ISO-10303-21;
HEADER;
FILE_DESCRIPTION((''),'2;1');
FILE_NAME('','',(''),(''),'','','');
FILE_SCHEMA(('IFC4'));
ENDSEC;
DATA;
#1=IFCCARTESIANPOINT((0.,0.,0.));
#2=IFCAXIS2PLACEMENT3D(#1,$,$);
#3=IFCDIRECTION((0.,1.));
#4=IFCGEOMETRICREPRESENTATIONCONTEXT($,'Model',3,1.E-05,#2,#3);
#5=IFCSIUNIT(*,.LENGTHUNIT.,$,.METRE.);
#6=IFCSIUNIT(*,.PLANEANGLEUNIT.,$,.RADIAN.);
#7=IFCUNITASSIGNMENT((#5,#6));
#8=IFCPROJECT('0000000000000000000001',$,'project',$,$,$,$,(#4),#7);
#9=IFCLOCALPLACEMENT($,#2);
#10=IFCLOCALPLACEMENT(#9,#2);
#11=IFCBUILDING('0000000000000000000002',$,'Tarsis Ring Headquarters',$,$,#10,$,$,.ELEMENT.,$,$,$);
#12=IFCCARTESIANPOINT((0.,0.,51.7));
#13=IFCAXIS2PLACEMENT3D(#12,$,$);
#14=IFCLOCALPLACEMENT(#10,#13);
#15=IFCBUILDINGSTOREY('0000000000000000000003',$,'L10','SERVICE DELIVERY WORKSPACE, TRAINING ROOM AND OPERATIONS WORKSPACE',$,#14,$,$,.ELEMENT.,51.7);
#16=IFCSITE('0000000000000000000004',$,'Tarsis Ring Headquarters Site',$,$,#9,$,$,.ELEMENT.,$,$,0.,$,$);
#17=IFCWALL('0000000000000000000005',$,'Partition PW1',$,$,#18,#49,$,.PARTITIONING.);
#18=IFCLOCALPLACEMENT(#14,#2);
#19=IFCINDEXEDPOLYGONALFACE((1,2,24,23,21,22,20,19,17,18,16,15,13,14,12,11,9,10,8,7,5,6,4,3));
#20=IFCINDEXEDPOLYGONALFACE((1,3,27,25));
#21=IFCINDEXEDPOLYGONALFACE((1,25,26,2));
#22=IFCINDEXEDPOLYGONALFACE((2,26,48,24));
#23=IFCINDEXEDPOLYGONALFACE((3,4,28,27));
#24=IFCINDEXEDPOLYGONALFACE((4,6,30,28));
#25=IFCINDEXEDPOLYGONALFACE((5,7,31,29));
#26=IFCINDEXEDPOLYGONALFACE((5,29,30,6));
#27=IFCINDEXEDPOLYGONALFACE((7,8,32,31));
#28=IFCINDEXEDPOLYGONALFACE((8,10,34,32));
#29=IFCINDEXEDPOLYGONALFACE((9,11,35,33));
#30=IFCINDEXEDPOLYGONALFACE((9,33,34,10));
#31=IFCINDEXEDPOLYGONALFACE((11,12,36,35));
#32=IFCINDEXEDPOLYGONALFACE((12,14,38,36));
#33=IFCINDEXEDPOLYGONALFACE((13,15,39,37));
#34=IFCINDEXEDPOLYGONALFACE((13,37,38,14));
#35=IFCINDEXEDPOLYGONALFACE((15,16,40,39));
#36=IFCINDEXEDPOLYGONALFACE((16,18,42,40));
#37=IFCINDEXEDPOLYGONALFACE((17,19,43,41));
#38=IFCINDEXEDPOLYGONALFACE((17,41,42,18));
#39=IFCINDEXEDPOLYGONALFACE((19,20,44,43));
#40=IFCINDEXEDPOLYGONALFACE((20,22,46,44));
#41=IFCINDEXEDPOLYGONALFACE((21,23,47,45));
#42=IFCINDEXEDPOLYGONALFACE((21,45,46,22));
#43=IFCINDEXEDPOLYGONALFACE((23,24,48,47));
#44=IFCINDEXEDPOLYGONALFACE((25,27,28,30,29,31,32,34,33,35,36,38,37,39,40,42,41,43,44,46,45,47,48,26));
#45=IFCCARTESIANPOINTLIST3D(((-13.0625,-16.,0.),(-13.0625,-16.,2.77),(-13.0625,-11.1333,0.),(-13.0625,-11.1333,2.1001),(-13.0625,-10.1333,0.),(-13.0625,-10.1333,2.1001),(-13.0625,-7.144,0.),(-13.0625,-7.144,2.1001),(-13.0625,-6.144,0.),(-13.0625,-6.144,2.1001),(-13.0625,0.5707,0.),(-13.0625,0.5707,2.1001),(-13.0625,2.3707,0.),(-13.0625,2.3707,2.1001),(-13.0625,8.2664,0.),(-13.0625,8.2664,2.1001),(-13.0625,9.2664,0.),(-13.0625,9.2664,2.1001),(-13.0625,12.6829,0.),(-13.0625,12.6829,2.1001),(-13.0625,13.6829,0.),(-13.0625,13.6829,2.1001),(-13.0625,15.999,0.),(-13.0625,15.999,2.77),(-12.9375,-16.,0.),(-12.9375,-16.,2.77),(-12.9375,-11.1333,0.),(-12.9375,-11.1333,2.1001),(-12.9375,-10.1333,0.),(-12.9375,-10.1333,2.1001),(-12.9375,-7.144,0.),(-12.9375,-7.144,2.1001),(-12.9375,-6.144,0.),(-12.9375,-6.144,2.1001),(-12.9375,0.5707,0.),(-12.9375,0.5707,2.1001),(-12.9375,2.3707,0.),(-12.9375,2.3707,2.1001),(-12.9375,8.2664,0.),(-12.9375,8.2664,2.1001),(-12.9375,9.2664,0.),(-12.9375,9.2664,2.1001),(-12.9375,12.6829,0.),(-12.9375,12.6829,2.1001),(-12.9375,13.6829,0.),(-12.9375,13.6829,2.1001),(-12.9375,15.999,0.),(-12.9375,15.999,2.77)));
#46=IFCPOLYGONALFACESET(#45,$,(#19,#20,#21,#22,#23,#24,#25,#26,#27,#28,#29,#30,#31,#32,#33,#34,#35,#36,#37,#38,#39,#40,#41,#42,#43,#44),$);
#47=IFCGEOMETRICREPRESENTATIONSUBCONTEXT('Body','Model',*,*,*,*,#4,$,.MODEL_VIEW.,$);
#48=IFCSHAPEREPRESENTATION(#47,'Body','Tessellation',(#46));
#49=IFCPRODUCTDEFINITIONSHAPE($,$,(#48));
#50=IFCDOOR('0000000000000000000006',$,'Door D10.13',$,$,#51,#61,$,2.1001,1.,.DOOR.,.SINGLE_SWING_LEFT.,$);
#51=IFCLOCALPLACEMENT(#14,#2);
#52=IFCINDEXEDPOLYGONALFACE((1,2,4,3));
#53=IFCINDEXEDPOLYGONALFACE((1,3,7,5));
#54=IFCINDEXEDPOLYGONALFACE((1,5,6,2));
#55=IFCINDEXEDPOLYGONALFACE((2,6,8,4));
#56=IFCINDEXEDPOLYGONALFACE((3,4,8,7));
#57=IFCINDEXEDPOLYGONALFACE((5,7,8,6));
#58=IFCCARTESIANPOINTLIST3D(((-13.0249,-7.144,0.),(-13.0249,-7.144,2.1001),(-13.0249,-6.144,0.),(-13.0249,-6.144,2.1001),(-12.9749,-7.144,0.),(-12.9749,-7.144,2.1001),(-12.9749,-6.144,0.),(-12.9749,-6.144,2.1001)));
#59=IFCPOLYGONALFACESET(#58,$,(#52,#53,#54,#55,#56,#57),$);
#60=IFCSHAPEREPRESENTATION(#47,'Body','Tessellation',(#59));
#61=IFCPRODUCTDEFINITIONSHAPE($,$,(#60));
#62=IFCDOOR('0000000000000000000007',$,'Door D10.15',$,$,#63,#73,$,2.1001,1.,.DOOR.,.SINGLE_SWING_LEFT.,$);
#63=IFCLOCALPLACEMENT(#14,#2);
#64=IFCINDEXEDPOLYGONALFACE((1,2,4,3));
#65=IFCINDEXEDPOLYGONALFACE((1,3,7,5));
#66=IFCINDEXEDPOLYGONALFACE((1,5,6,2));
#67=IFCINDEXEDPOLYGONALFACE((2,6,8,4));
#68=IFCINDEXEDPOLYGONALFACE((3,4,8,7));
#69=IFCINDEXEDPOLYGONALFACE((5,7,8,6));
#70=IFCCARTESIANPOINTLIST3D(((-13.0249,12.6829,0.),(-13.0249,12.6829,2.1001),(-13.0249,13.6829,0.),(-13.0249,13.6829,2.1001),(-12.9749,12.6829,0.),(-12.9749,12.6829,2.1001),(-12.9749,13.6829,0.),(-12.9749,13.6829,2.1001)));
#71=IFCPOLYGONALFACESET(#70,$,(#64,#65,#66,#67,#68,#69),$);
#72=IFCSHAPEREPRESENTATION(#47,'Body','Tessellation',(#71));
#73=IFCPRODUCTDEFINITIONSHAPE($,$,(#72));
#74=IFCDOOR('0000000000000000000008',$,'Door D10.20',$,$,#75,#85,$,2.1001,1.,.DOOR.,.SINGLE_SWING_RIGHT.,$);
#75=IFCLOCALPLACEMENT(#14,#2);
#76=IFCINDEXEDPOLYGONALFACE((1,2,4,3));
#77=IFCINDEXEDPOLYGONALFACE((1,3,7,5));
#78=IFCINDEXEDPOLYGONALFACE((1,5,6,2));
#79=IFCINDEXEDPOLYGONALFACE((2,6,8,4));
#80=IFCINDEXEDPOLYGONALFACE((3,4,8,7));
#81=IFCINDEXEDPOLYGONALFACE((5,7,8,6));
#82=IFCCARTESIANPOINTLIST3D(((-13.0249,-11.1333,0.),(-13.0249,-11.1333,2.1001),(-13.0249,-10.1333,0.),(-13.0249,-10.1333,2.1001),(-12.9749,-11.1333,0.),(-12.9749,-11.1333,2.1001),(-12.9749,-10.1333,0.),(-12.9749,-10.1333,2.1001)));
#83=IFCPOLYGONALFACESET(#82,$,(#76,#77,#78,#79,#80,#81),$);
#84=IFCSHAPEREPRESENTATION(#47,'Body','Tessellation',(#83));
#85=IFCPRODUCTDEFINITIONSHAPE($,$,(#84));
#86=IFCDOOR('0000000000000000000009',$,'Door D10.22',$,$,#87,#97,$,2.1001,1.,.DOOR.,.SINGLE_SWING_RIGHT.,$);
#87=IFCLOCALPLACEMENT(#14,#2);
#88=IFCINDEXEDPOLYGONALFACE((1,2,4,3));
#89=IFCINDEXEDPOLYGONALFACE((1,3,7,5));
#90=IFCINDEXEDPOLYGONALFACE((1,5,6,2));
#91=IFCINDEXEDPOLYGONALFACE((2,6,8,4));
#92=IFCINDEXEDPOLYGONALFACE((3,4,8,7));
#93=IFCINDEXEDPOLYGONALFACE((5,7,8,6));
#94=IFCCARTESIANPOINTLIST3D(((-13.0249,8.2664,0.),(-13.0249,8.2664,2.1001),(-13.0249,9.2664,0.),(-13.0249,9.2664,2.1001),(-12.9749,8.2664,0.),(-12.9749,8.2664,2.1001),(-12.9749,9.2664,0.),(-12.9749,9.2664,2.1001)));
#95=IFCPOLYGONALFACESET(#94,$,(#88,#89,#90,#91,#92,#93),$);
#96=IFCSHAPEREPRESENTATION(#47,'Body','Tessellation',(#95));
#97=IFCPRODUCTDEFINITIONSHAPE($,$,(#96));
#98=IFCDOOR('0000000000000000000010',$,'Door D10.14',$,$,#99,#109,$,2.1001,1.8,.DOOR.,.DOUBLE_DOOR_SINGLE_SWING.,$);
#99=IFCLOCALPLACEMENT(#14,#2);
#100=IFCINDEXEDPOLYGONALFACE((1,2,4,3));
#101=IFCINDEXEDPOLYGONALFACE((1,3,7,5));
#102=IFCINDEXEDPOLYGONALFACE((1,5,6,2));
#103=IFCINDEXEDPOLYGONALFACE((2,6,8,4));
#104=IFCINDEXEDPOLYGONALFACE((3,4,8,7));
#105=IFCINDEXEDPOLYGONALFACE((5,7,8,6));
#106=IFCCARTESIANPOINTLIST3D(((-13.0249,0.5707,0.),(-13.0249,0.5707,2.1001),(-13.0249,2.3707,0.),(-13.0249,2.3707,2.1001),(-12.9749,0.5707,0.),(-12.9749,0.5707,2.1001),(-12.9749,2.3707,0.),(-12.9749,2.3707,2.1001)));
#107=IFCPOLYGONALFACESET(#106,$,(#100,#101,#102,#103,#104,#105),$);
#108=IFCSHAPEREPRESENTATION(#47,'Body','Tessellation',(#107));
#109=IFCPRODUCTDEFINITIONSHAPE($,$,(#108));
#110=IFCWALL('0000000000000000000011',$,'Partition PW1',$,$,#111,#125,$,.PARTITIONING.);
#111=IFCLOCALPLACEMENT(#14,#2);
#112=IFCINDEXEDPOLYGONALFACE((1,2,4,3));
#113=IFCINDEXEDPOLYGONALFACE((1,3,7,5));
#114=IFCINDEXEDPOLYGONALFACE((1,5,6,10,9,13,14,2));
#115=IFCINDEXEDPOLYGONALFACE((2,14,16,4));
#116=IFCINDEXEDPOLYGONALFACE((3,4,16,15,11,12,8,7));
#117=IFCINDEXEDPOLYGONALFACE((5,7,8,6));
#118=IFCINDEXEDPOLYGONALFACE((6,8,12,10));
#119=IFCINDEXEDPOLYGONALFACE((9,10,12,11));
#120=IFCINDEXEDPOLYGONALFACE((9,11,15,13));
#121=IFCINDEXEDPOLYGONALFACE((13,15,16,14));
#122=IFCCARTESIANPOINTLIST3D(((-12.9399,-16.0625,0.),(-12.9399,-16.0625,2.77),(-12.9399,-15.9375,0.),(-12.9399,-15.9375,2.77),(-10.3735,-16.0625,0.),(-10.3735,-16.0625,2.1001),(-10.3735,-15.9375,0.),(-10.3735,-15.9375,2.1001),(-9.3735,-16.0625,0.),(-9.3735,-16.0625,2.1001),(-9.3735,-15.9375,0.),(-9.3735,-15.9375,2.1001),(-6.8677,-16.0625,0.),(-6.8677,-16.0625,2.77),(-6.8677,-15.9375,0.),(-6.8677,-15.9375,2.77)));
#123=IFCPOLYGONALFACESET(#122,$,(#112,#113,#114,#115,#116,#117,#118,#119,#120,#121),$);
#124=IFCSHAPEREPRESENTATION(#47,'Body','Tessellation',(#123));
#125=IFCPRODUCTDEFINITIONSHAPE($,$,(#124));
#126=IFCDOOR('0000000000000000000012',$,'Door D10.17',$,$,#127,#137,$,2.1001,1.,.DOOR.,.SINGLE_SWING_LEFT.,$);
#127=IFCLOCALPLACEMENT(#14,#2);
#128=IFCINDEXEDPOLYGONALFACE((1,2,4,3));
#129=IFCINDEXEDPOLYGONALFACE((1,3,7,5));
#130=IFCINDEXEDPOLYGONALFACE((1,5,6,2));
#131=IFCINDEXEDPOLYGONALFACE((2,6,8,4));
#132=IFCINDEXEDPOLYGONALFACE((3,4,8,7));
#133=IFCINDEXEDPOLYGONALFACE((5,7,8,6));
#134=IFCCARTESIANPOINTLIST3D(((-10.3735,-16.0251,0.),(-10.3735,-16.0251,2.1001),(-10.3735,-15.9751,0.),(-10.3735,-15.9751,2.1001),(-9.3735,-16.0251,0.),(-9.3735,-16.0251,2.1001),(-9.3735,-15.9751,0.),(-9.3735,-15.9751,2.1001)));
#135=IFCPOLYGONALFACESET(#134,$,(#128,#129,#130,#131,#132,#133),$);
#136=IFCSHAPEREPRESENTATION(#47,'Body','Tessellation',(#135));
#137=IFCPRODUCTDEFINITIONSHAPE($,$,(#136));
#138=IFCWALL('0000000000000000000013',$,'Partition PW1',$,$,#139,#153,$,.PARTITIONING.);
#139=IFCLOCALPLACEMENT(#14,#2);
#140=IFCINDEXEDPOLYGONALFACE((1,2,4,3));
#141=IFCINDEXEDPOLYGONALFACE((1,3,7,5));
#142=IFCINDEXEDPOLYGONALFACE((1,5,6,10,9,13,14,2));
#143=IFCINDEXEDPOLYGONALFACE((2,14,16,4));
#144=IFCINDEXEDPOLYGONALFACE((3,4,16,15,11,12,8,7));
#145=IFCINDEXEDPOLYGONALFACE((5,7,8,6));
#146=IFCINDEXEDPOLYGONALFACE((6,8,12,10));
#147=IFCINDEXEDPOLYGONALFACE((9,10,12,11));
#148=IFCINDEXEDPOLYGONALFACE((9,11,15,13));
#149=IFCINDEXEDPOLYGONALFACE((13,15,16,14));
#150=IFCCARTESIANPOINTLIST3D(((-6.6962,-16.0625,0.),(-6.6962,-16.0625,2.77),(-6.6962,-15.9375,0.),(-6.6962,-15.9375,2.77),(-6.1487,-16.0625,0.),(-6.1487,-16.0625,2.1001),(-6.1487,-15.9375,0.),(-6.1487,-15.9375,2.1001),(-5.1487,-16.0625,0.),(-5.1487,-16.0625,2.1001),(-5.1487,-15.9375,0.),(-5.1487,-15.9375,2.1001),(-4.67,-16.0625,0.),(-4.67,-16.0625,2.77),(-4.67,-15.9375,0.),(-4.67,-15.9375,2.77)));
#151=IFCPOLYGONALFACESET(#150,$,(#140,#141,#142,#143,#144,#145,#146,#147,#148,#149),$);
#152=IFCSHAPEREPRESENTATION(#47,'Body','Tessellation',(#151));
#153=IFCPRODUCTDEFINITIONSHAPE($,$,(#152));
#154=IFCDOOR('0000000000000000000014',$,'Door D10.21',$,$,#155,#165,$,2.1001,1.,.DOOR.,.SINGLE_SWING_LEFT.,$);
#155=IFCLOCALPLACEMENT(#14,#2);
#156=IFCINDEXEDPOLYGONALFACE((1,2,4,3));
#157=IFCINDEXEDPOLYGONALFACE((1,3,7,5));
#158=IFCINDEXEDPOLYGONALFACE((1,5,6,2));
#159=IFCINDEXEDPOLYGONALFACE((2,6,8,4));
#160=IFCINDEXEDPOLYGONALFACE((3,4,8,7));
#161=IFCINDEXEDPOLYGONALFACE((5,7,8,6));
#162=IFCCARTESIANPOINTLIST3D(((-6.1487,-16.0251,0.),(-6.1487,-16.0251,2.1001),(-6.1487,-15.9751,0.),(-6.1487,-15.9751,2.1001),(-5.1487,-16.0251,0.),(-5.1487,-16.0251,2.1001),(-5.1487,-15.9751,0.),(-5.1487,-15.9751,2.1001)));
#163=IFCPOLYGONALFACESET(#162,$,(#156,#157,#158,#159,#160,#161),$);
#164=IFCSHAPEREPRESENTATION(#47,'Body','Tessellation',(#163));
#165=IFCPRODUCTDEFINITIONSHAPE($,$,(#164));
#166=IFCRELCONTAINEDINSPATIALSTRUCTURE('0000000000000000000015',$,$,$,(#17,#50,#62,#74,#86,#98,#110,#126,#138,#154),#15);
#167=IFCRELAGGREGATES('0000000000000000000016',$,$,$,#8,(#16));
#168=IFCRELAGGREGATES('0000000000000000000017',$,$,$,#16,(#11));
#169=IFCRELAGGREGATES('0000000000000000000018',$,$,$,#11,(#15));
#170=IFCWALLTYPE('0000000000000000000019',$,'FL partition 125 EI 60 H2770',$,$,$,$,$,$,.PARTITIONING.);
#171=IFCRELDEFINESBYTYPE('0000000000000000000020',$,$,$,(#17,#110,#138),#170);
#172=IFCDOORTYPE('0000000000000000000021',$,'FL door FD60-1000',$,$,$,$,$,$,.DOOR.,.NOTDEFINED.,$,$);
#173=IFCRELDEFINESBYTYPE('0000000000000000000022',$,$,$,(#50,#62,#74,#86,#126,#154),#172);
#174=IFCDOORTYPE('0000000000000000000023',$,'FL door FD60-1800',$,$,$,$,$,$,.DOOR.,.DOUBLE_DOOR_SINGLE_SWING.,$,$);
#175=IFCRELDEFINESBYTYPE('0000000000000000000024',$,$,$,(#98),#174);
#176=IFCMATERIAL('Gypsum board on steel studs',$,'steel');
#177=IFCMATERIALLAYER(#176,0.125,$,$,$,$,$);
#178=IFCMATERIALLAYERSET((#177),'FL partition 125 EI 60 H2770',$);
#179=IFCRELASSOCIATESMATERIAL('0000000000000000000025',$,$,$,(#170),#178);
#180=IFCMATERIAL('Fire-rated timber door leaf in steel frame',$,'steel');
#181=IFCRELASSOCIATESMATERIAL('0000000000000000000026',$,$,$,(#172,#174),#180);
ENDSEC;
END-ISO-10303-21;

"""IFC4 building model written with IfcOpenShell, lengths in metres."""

from ifc_helpers import new_model, si_unit, direction, frame, frame_2d, origin, place, context, subcontext, project, spatial, rectangle, extrude, material, layer, layer_set, type_object, element, fill, save


model = new_model("IFC4")

# Units and contexts
model_context = context("Model", 3, precision=1e-05, world=origin(), true_north=direction((0.0, 1.0)))
body_context = subcontext(model_context, "Body", "Model", "MODEL_VIEW")
ifc_project = project(units=[si_unit("LENGTHUNIT", "METRE"), si_unit("PLANEANGLEUNIT", "RADIAN")], contexts=[model_context])

# Site, building, storey
site_placement = place(None, origin())
site = spatial("IfcSite", under=ifc_project, at=site_placement, Name="Tarsis Ring Headquarters Site", CompositionType="ELEMENT", RefElevation=0.0)
building_placement = place(site_placement, origin())
building = spatial("IfcBuilding", under=site, at=building_placement, Name="Tarsis Ring Headquarters", CompositionType="ELEMENT")
storey_placement = place(building_placement, frame((0.0, 0.0, 51.7)))
storey = spatial("IfcBuildingStorey", under=building, at=storey_placement, Name="L10", Description="SERVICE DELIVERY WORKSPACE, TRAINING ROOM AND OPERATIONS WORKSPACE", CompositionType="ELEMENT", Elevation=51.7)

# Wall, openings, doors
ifc_material_1 = material(Name="Gypsum board on steel studs", Category="steel")
ifc_layer_1 = layer(ifc_material_1, 0.125)
ifc_layer_set_1 = layer_set([ifc_layer_1], Name="FL partition 125 EI 60 H2770")
wall_type_1 = type_object("IfcWallType", Name="FL partition 125 EI 60 H2770", PredefinedType="PARTITIONING", material=ifc_layer_set_1)
wall_1_placement = place(storey_placement, frame((-13.0, -16.0, 0.0), z_axis=(0.0, 0.0, 1.0), x_axis=(0.0, 1.0, 0.0)))
wall_1 = element("IfcWall", 1, at=wall_1_placement, inside=storey, type_object=wall_type_1, Name="Partition PW1", PredefinedType="PARTITIONING", context=body_context, shape_type="SweptSolid", body=[
    extrude(rectangle(XDim=31.999, YDim=0.125, at=frame_2d((15.9995, 0.0))), origin(), (0.0, 0.0, 1.0), 2.77),
])
opening_1_placement = place(wall_1_placement, frame((8.856, 0.0, 0.0)))
opening_1 = element("IfcOpeningElement", 2, at=opening_1_placement, cuts=wall_1, PredefinedType="OPENING", context=body_context, shape_type="SweptSolid", body=[
    extrude(rectangle(XDim=1.0, YDim=2.1001, at=frame_2d((0.5, 1.05))), frame((0.0, 0.0725, 0.0), z_axis=(0.0, -1.0, 0.0), x_axis=(1.0, 0.0, 0.0)), (0.0, 0.0, 1.0), 0.145),
])
opening_2_placement = place(wall_1_placement, frame((16.5708, 0.0, 0.0)))
opening_2 = element("IfcOpeningElement", 3, at=opening_2_placement, cuts=wall_1, PredefinedType="OPENING", context=body_context, shape_type="SweptSolid", body=[
    extrude(rectangle(XDim=1.8, YDim=2.1001, at=frame_2d((0.8999, 1.05))), frame((0.0, 0.0725, 0.0), z_axis=(0.0, -1.0, 0.0), x_axis=(1.0, 0.0, 0.0)), (0.0, 0.0, 1.0), 0.145),
])
opening_3_placement = place(wall_1_placement, frame((28.6829, 0.0, 0.0)))
opening_3 = element("IfcOpeningElement", 4, at=opening_3_placement, cuts=wall_1, PredefinedType="OPENING", context=body_context, shape_type="SweptSolid", body=[
    extrude(rectangle(XDim=1.0, YDim=2.1001, at=frame_2d((0.5, 1.05))), frame((0.0, 0.0725, 0.0), z_axis=(0.0, -1.0, 0.0), x_axis=(1.0, 0.0, 0.0)), (0.0, 0.0, 1.0), 0.145),
])
opening_4_placement = place(wall_1_placement, frame((4.8667, 0.0, 0.0)))
opening_4 = element("IfcOpeningElement", 5, at=opening_4_placement, cuts=wall_1, PredefinedType="OPENING", context=body_context, shape_type="SweptSolid", body=[
    extrude(rectangle(XDim=1.0, YDim=2.1001, at=frame_2d((0.5, 1.05))), frame((0.0, 0.0725, 0.0), z_axis=(0.0, -1.0, 0.0), x_axis=(1.0, 0.0, 0.0)), (0.0, 0.0, 1.0), 0.145),
])
opening_5_placement = place(wall_1_placement, frame((24.2664, 0.0, 0.0)))
opening_5 = element("IfcOpeningElement", 6, at=opening_5_placement, cuts=wall_1, PredefinedType="OPENING", context=body_context, shape_type="SweptSolid", body=[
    extrude(rectangle(XDim=1.0, YDim=2.1001, at=frame_2d((0.5, 1.05))), frame((0.0, 0.0725, 0.0), z_axis=(0.0, -1.0, 0.0), x_axis=(1.0, 0.0, 0.0)), (0.0, 0.0, 1.0), 0.145),
])
ifc_material_2 = material(Name="Fire-rated timber door leaf in steel frame", Category="steel")
door_type_1 = type_object("IfcDoorType", Name="FL door FD60-1000", OperationType="NOTDEFINED", PredefinedType="DOOR", material=ifc_material_2)
door_1_placement = place(opening_1_placement, origin())
door_1 = element("IfcDoor", 7, at=door_1_placement, inside=storey, type_object=door_type_1, Name="Door D10.13", OperationType="SINGLE_SWING_LEFT", OverallHeight=2.1001, OverallWidth=1.0, PredefinedType="DOOR", context=body_context, shape_type="SweptSolid", body=[
    extrude(rectangle(XDim=1.0, YDim=2.1001, at=frame_2d((0.5, 1.05))), frame((0.0, 0.0249, 0.0), z_axis=(0.0, -1.0, 0.0), x_axis=(1.0, 0.0, 0.0)), (0.0, 0.0, 1.0), 0.05),
])
fill(opening_1, door_1)
door_2_placement = place(opening_3_placement, origin())
door_2 = element("IfcDoor", 8, at=door_2_placement, inside=storey, type_object=door_type_1, Name="Door D10.15", OperationType="SINGLE_SWING_LEFT", OverallHeight=2.1001, OverallWidth=1.0, PredefinedType="DOOR", context=body_context, shape_type="SweptSolid", body=[
    extrude(rectangle(XDim=1.0, YDim=2.1001, at=frame_2d((0.5, 1.05))), frame((0.0, 0.0249, 0.0), z_axis=(0.0, -1.0, 0.0), x_axis=(1.0, 0.0, 0.0)), (0.0, 0.0, 1.0), 0.05),
])
fill(opening_3, door_2)
door_3_placement = place(opening_4_placement, origin())
door_3 = element("IfcDoor", 9, at=door_3_placement, inside=storey, type_object=door_type_1, Name="Door D10.20", OperationType="SINGLE_SWING_RIGHT", OverallHeight=2.1001, OverallWidth=1.0, PredefinedType="DOOR", context=body_context, shape_type="SweptSolid", body=[
    extrude(rectangle(XDim=1.0, YDim=2.1001, at=frame_2d((0.5, 1.05))), frame((0.0, 0.0249, 0.0), z_axis=(0.0, -1.0, 0.0), x_axis=(1.0, 0.0, 0.0)), (0.0, 0.0, 1.0), 0.05),
])
fill(opening_4, door_3)
door_4_placement = place(opening_5_placement, origin())
door_4 = element("IfcDoor", 10, at=door_4_placement, inside=storey, type_object=door_type_1, Name="Door D10.22", OperationType="SINGLE_SWING_RIGHT", OverallHeight=2.1001, OverallWidth=1.0, PredefinedType="DOOR", context=body_context, shape_type="SweptSolid", body=[
    extrude(rectangle(XDim=1.0, YDim=2.1001, at=frame_2d((0.5, 1.05))), frame((0.0, 0.0249, 0.0), z_axis=(0.0, -1.0, 0.0), x_axis=(1.0, 0.0, 0.0)), (0.0, 0.0, 1.0), 0.05),
])
fill(opening_5, door_4)
door_type_2 = type_object("IfcDoorType", Name="FL door FD60-1800", OperationType="DOUBLE_DOOR_SINGLE_SWING", PredefinedType="DOOR", material=ifc_material_2)
door_5_placement = place(opening_2_placement, origin())
door_5 = element("IfcDoor", 11, at=door_5_placement, inside=storey, type_object=door_type_2, Name="Door D10.14", OperationType="DOUBLE_DOOR_SINGLE_SWING", OverallHeight=2.1001, OverallWidth=1.8, PredefinedType="DOOR", context=body_context, shape_type="SweptSolid", body=[
    extrude(rectangle(XDim=1.8, YDim=2.1001, at=frame_2d((0.8999, 1.05))), frame((0.0, 0.0249, 0.0), z_axis=(0.0, -1.0, 0.0), x_axis=(1.0, 0.0, 0.0)), (0.0, 0.0, 1.0), 0.05),
])
fill(opening_2, door_5)

# Walls, openings, doors
wall_2_placement = place(storey_placement, frame((-12.9399, -16.0, 0.0), z_axis=(0.0, 0.0, 1.0), x_axis=(1.0, 0.0, 0.0)))
wall_2 = element("IfcWall", 12, at=wall_2_placement, inside=storey, type_object=wall_type_1, Name="Partition PW1", PredefinedType="PARTITIONING", context=body_context, shape_type="SweptSolid", body=[
    extrude(rectangle(XDim=6.0723, YDim=0.125, at=frame_2d((3.0361, 0.0))), origin(), (0.0, 0.0, 1.0), 2.77),
])
opening_6_placement = place(wall_2_placement, frame((2.5664, 0.0, 0.0)))
opening_6 = element("IfcOpeningElement", 13, at=opening_6_placement, cuts=wall_2, PredefinedType="OPENING", context=body_context, shape_type="SweptSolid", body=[
    extrude(rectangle(XDim=1.0, YDim=2.1001, at=frame_2d((0.5, 1.05))), frame((0.0, 0.0725, 0.0), z_axis=(0.0, -1.0, 0.0), x_axis=(1.0, 0.0, 0.0)), (0.0, 0.0, 1.0), 0.145),
])
door_6_placement = place(opening_6_placement, origin())
door_6 = element("IfcDoor", 14, at=door_6_placement, inside=storey, type_object=door_type_1, Name="Door D10.17", OperationType="SINGLE_SWING_LEFT", OverallHeight=2.1001, OverallWidth=1.0, PredefinedType="DOOR", context=body_context, shape_type="SweptSolid", body=[
    extrude(rectangle(XDim=1.0, YDim=2.1001, at=frame_2d((0.5, 1.05))), frame((0.0, 0.0249, 0.0), z_axis=(0.0, -1.0, 0.0), x_axis=(1.0, 0.0, 0.0)), (0.0, 0.0, 1.0), 0.05),
])
fill(opening_6, door_6)
wall_3_placement = place(storey_placement, frame((-6.6963, -16.0, 0.0), z_axis=(0.0, 0.0, 1.0), x_axis=(1.0, 0.0, 0.0)))
wall_3 = element("IfcWall", 15, at=wall_3_placement, inside=storey, type_object=wall_type_1, Name="Partition PW1", PredefinedType="PARTITIONING", context=body_context, shape_type="SweptSolid", body=[
    extrude(rectangle(XDim=2.0261, YDim=0.125, at=frame_2d((1.0132, 0.0))), origin(), (0.0, 0.0, 1.0), 2.77),
])
opening_7_placement = place(wall_3_placement, frame((0.5476, 0.0, 0.0)))
opening_7 = element("IfcOpeningElement", 16, at=opening_7_placement, cuts=wall_3, PredefinedType="OPENING", context=body_context, shape_type="SweptSolid", body=[
    extrude(rectangle(XDim=1.0, YDim=2.1001, at=frame_2d((0.5, 1.05))), frame((0.0, 0.0725, 0.0), z_axis=(0.0, -1.0, 0.0), x_axis=(1.0, 0.0, 0.0)), (0.0, 0.0, 1.0), 0.145),
])
door_7_placement = place(opening_7_placement, origin())
door_7 = element("IfcDoor", 17, at=door_7_placement, inside=storey, type_object=door_type_1, Name="Door D10.21", OperationType="SINGLE_SWING_LEFT", OverallHeight=2.1001, OverallWidth=1.0, PredefinedType="DOOR", context=body_context, shape_type="SweptSolid", body=[
    extrude(rectangle(XDim=1.0, YDim=2.1001, at=frame_2d((0.5, 1.05))), frame((0.0, 0.0249, 0.0), z_axis=(0.0, -1.0, 0.0), x_axis=(1.0, 0.0, 0.0)), (0.0, 0.0, 1.0), 0.05),
])
fill(opening_7, door_7)

save(model, "model.ifc")
